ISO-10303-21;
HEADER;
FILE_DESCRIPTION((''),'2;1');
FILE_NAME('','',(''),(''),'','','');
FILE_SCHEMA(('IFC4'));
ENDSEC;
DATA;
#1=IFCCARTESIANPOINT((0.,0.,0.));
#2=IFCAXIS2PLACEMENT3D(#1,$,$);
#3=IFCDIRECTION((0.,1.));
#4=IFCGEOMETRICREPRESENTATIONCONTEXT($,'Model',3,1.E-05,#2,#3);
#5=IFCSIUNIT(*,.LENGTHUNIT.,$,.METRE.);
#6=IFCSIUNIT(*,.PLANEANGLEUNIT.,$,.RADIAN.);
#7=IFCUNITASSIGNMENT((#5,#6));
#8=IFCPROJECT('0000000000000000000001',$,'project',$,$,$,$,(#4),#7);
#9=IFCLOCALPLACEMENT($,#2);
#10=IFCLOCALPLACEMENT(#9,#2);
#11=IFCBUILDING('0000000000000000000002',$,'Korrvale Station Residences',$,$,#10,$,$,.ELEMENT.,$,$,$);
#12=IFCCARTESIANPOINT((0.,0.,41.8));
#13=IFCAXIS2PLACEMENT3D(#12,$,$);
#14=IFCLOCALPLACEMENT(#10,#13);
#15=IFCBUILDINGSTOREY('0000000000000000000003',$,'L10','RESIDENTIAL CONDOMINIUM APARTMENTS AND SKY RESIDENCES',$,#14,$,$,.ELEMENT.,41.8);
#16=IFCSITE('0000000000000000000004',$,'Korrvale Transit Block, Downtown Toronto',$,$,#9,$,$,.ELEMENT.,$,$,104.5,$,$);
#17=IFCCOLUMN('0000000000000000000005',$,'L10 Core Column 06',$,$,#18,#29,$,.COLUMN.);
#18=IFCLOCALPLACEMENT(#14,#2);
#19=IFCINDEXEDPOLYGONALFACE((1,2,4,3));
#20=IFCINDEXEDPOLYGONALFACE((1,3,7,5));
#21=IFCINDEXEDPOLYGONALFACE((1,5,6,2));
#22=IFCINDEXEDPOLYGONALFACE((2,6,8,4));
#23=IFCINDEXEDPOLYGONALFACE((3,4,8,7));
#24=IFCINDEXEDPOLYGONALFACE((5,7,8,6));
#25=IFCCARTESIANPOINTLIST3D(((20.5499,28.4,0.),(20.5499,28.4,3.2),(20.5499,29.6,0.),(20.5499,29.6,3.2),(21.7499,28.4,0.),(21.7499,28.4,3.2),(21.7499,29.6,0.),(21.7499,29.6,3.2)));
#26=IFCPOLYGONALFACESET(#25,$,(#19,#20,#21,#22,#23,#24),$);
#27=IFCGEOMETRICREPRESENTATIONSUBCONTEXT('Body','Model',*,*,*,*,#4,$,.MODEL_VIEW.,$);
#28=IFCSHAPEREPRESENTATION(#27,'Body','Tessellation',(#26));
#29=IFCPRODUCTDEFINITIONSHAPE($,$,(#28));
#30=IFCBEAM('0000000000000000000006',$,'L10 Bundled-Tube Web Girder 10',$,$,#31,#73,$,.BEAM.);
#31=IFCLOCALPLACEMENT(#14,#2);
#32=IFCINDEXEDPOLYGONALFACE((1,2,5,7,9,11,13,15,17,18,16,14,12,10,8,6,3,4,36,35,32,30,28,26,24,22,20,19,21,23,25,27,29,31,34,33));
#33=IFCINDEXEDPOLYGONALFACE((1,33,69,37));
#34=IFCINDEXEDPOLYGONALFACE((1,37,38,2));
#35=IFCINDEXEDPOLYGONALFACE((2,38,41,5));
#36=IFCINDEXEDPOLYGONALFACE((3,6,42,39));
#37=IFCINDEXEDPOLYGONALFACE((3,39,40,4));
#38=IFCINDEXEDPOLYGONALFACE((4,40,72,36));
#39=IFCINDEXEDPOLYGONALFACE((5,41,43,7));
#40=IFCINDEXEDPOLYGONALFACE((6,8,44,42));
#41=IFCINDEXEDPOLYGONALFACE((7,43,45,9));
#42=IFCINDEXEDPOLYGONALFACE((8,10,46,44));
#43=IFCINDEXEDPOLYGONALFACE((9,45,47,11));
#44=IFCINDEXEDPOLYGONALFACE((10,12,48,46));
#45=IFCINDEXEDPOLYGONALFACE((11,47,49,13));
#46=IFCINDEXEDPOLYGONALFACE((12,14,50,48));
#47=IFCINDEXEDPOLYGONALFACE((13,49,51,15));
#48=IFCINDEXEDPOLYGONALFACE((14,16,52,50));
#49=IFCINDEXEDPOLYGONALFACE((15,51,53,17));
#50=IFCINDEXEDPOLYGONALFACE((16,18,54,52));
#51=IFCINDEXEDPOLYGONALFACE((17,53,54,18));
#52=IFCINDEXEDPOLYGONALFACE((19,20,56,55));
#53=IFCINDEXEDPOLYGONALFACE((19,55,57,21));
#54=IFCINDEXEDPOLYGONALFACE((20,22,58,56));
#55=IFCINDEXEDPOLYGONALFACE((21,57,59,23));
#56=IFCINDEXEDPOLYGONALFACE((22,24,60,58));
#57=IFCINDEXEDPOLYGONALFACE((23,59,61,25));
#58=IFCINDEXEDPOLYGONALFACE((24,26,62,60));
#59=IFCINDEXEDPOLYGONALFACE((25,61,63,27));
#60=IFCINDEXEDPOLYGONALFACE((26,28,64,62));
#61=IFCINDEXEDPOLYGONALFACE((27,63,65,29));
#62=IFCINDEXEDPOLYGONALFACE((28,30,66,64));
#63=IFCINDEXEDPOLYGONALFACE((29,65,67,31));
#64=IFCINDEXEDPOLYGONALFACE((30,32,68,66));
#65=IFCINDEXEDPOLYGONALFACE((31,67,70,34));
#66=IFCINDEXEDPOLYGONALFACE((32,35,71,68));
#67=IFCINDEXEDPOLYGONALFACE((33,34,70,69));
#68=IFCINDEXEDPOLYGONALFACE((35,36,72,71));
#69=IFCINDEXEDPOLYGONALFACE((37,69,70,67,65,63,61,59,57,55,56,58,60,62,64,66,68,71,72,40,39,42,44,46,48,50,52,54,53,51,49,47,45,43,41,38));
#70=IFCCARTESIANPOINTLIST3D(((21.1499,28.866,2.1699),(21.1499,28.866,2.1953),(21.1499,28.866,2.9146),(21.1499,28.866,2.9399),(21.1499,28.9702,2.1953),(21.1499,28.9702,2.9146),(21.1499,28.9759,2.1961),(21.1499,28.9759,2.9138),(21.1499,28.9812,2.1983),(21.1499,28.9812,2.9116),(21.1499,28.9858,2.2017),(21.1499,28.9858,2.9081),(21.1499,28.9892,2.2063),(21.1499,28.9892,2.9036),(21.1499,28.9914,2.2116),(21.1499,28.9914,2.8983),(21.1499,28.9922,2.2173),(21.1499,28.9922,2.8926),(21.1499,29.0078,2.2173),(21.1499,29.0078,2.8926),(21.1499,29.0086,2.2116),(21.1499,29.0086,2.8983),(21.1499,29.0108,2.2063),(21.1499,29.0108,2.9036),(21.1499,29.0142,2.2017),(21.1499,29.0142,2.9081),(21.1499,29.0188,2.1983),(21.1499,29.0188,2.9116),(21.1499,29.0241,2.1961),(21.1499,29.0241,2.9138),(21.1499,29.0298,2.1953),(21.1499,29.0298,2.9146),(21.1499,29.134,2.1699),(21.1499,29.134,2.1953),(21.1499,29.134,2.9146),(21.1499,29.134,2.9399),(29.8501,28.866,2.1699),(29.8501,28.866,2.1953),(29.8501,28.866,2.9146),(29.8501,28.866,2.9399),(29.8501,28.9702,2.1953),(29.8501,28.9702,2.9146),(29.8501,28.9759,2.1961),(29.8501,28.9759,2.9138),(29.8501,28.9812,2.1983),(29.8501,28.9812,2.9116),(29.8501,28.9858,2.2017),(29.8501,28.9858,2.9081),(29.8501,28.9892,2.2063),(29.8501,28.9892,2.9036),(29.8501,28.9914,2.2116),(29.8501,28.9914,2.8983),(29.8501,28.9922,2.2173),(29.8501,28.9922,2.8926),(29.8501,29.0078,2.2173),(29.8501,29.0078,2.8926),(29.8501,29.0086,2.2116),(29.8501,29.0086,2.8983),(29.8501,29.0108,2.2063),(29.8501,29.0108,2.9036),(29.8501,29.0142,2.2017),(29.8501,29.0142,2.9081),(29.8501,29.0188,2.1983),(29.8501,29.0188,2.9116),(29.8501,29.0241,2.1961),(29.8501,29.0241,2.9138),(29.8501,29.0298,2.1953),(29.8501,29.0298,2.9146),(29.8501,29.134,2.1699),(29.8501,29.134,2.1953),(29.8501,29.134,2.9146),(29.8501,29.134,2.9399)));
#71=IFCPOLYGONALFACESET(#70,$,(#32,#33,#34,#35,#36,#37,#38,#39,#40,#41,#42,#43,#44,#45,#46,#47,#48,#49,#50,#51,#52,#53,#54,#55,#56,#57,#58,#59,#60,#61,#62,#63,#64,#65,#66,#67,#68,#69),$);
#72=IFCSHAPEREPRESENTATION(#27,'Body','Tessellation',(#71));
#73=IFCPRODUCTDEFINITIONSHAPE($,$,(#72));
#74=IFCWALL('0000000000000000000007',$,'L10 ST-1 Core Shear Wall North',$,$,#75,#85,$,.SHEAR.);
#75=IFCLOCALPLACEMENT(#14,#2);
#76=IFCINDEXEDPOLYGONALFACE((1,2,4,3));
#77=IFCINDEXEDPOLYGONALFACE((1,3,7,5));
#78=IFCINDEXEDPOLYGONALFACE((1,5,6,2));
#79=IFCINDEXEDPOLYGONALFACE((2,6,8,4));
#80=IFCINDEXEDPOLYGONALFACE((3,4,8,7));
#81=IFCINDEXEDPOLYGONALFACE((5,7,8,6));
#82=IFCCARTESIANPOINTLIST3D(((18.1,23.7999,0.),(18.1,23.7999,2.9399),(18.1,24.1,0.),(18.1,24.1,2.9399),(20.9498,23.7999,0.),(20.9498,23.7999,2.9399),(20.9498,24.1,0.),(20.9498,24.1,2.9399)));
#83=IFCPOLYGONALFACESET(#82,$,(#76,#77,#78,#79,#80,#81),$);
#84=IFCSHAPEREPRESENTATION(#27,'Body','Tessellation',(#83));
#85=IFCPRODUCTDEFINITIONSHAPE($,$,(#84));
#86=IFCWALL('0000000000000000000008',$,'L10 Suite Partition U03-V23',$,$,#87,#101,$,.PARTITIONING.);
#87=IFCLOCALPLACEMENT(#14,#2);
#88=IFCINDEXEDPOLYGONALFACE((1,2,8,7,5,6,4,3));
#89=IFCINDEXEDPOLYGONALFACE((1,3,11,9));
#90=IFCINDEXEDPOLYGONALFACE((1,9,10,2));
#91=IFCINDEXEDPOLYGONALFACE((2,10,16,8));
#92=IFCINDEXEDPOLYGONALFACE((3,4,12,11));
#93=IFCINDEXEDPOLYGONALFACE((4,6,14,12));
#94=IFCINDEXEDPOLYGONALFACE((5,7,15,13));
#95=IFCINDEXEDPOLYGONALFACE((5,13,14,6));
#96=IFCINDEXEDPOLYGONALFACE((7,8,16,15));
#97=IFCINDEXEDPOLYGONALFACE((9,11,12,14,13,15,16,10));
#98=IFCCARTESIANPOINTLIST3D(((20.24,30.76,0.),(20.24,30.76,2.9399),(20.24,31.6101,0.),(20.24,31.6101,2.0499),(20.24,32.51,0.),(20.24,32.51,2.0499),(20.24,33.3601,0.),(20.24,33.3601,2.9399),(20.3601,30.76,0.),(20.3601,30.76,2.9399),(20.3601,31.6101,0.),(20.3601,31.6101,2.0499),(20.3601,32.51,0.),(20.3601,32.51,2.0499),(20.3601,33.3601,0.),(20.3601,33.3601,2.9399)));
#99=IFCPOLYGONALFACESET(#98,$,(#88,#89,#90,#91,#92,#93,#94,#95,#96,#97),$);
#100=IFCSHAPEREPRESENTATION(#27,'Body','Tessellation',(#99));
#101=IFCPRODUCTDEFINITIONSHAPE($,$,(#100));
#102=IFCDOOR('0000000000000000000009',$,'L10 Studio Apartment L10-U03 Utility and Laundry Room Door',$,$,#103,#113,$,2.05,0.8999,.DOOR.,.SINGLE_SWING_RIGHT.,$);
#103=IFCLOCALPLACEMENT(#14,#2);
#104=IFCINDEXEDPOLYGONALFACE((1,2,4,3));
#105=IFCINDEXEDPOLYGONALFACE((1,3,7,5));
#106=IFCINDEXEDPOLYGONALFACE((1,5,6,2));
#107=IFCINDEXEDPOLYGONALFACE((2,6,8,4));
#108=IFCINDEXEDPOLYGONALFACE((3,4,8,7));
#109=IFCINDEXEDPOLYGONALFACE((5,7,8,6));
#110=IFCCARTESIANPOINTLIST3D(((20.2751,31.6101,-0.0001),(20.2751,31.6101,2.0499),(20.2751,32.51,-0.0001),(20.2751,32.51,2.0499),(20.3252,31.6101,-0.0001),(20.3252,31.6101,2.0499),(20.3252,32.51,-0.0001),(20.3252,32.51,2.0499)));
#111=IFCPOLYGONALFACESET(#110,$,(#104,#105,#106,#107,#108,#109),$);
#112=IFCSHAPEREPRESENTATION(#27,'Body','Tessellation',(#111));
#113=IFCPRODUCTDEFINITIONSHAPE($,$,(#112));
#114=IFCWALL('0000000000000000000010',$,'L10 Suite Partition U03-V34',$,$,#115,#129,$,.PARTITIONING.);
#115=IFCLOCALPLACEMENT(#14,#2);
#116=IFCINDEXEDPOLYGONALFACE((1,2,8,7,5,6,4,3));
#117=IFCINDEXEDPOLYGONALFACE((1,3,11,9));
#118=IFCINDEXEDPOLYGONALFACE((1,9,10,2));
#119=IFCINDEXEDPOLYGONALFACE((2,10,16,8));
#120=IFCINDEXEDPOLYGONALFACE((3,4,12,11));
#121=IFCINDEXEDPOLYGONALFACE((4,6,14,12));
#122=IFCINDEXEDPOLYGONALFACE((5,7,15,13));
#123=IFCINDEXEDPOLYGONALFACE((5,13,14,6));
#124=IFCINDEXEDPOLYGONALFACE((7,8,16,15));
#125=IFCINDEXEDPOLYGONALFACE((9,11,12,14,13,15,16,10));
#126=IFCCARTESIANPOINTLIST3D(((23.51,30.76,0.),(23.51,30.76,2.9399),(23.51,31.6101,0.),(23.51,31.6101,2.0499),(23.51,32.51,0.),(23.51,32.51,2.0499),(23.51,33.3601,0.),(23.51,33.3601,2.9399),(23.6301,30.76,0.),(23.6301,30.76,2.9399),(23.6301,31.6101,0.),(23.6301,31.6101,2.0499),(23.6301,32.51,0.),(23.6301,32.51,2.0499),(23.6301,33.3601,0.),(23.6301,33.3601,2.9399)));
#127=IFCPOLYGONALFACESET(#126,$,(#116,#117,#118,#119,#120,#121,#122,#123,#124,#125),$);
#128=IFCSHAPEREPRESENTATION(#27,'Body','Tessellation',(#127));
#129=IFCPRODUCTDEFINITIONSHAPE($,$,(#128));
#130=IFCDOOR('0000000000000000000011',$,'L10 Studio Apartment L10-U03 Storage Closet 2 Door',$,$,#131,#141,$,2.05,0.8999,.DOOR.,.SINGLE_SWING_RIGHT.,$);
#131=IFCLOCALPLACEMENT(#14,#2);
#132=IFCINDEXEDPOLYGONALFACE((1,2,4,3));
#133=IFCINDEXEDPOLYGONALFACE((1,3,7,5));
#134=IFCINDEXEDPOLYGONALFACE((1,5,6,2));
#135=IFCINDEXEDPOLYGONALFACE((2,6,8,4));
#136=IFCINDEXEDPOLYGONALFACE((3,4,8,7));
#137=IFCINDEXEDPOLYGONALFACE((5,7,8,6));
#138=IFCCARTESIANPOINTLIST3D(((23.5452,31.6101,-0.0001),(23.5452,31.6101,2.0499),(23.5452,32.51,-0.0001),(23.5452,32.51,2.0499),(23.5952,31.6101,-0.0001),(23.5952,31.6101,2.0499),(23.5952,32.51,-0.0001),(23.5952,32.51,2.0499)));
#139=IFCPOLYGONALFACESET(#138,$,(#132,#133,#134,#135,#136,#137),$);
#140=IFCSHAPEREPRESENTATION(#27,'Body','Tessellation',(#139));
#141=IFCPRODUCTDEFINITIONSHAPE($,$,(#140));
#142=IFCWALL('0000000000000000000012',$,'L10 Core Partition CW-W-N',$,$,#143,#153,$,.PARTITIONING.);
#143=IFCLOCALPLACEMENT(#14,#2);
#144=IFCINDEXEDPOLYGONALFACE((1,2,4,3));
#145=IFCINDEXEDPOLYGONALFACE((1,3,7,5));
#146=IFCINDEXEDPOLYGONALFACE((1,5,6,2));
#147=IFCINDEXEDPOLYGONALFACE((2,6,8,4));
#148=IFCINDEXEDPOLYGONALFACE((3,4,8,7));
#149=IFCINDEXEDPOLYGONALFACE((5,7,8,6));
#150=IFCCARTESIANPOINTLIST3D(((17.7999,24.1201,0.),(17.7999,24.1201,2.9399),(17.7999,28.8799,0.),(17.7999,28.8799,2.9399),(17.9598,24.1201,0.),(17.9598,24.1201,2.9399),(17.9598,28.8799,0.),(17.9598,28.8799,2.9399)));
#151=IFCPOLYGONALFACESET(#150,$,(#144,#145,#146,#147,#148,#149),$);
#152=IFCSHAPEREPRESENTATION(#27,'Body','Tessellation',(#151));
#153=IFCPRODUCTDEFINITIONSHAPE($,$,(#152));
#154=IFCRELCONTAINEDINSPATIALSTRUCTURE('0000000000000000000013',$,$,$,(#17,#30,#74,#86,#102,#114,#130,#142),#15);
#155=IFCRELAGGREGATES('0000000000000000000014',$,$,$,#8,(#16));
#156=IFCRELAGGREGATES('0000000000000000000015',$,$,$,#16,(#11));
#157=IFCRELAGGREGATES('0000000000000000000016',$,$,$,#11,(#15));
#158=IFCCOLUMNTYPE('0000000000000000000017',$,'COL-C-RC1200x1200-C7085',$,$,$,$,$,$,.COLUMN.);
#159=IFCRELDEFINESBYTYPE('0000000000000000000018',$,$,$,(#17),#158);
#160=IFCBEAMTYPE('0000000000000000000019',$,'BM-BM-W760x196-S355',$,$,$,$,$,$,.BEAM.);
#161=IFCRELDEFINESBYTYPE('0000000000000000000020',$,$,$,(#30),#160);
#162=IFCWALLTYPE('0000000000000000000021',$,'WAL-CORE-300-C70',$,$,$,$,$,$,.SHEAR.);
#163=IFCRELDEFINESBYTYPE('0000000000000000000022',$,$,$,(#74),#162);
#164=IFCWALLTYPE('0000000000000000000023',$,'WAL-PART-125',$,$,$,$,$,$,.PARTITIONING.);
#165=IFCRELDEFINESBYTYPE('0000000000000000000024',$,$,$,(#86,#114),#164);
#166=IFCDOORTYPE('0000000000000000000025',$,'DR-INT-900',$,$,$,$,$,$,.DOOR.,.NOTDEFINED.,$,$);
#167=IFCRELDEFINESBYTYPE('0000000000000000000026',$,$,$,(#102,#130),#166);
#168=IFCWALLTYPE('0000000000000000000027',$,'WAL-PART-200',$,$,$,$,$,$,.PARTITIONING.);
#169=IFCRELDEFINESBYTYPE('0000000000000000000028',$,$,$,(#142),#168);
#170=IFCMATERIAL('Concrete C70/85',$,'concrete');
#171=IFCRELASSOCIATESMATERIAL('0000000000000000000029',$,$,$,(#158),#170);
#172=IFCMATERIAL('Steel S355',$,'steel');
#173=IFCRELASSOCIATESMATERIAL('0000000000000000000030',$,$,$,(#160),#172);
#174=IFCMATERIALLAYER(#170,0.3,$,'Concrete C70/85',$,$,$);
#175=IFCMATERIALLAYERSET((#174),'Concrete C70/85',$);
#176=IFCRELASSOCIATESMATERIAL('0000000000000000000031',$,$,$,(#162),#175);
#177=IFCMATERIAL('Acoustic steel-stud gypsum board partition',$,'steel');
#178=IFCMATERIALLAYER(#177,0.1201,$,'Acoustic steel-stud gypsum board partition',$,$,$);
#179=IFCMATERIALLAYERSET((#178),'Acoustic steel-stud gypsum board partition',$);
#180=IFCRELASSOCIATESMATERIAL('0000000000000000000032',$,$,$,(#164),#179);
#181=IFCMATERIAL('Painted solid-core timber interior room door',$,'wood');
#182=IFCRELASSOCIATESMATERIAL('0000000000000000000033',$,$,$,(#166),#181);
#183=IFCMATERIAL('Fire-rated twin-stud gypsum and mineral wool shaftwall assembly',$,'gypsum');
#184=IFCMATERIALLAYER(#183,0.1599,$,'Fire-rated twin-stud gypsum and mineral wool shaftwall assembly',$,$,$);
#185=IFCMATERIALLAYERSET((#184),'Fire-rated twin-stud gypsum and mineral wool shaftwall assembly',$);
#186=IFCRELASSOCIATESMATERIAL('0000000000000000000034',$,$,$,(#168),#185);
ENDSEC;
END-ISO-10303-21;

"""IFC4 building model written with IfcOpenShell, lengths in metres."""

from ifc_helpers import new_model, si_unit, direction, frame, frame_2d, origin, origin_2d, place, context, subcontext, project, spatial, rectangle, i_section, extrude, material, layer, layer_set, material_profile, profile_set, type_object, element, fill, save


model = new_model("IFC4")

# Units and contexts
model_context = context("Model", 3, precision=1e-05, world=origin(), true_north=direction((0.0, 1.0)))
body_context = subcontext(model_context, "Body", "Model", "MODEL_VIEW")
ifc_project = project(units=[si_unit("LENGTHUNIT", "METRE"), si_unit("PLANEANGLEUNIT", "RADIAN")], contexts=[model_context])

# Site, building, storey
site_placement = place(None, origin())
site = spatial("IfcSite", under=ifc_project, at=site_placement, Name="Korrvale Transit Block, Downtown Toronto", CompositionType="ELEMENT", RefElevation=104.5)
building_placement = place(site_placement, origin())
building = spatial("IfcBuilding", under=site, at=building_placement, Name="Korrvale Station Residences", CompositionType="ELEMENT")
storey_placement = place(building_placement, frame((0.0, 0.0, 41.8)))
storey = spatial("IfcBuildingStorey", under=building, at=storey_placement, Name="L10", Description="RESIDENTIAL CONDOMINIUM APARTMENTS AND SKY RESIDENCES", CompositionType="ELEMENT", Elevation=41.8)

# Column
ifc_material_1 = material(Name="Concrete C70/85", Category="concrete")
ifc_material_profile_1 = material_profile(ifc_material_1, rectangle(XDim=1.2, YDim=1.2, at=origin_2d()), Name="RC1200x1200")
ifc_profile_set_1 = profile_set([ifc_material_profile_1], Name="Concrete C70/85")
column_type = type_object("IfcColumnType", Name="COL-C-RC1200x1200-C7085", PredefinedType="COLUMN", material=ifc_profile_set_1)
column_placement = place(storey_placement, frame((21.1499, 29.0, 0.0), z_axis=(0.0, 0.0, 1.0), x_axis=(1.0, 0.0, 0.0)))
element("IfcColumn", 1, at=column_placement, inside=storey, type_object=column_type, Name="L10 Core Column 06", PredefinedType="COLUMN", context=body_context, shape_type="SweptSolid", body=[
    extrude(rectangle(XDim=1.2, YDim=1.2, at=origin_2d()), origin(), (0.0, 0.0, 1.0), 3.2),
])

# Beam
ifc_material_2 = material(Name="Steel S355", Category="steel")
ifc_material_profile_2 = material_profile(ifc_material_2, i_section(OverallWidth=0.2681, OverallDepth=0.77, WebThickness=0.0156, FlangeThickness=0.0254, FilletRadius=0.022, at=origin_2d()), Name="W760x196")
ifc_profile_set_2 = profile_set([ifc_material_profile_2], Name="Steel S355")
beam_type = type_object("IfcBeamType", Name="BM-BM-W760x196-S355", PredefinedType="BEAM", material=ifc_profile_set_2)
beam_placement = place(storey_placement, frame((21.1499, 29.0, 2.5549), z_axis=(1.0, 0.0, 0.0), x_axis=(0.0, 1.0, 0.0)))
element("IfcBeam", 2, at=beam_placement, inside=storey, type_object=beam_type, Name="L10 Bundled-Tube Web Girder 10", PredefinedType="BEAM", context=body_context, shape_type="SweptSolid", body=[
    extrude(i_section(OverallWidth=0.2681, OverallDepth=0.77, WebThickness=0.0156, FlangeThickness=0.0254, FilletRadius=0.022, at=origin_2d()), origin(), (0.0, 0.0, 1.0), 8.7002),
])

# Wall
ifc_layer_1 = layer(ifc_material_1, 0.3, Name="Concrete C70/85")
ifc_layer_set_1 = layer_set([ifc_layer_1], Name="Concrete C70/85")
wall_type_1 = type_object("IfcWallType", Name="WAL-CORE-300-C70", PredefinedType="SHEAR", material=ifc_layer_set_1)
wall_1_placement = place(storey_placement, frame((18.1001, 23.95, 0.0), z_axis=(0.0, 0.0, 1.0), x_axis=(1.0, 0.0, 0.0)))
element("IfcWall", 3, at=wall_1_placement, inside=storey, type_object=wall_type_1, Name="L10 ST-1 Core Shear Wall North", PredefinedType="SHEAR", context=body_context, shape_type="SweptSolid", body=[
    extrude(rectangle(XDim=2.8499, YDim=0.3, at=frame_2d((1.4248, 0.0))), origin(), (0.0, 0.0, 1.0), 2.9399),
])

# Walls, openings, doors
ifc_material_3 = material(Name="Acoustic steel-stud gypsum board partition", Category="steel")
ifc_layer_2 = layer(ifc_material_3, 0.1201, Name="Acoustic steel-stud gypsum board partition")
ifc_layer_set_2 = layer_set([ifc_layer_2], Name="Acoustic steel-stud gypsum board partition")
wall_type_2 = type_object("IfcWallType", Name="WAL-PART-125", PredefinedType="PARTITIONING", material=ifc_layer_set_2)
wall_2_placement = place(storey_placement, frame((20.3, 30.76, 0.0), z_axis=(0.0, 0.0, 1.0), x_axis=(0.0, 1.0, 0.0)))
wall_2 = element("IfcWall", 4, at=wall_2_placement, inside=storey, type_object=wall_type_2, Name="L10 Suite Partition U03-V23", PredefinedType="PARTITIONING", context=body_context, shape_type="SweptSolid", body=[
    extrude(rectangle(XDim=2.6001, YDim=0.1201, at=frame_2d((1.3, 0.0))), origin(), (0.0, 0.0, 1.0), 2.9399),
])
opening_1_placement = place(wall_2_placement, frame((0.8501, 0.0, 0.0)))
opening_1 = element("IfcOpeningElement", 5, at=opening_1_placement, cuts=wall_2, PredefinedType="OPENING", context=body_context, shape_type="SweptSolid", body=[
    extrude(rectangle(XDim=0.8999, YDim=2.05, at=frame_2d((0.45, 1.0249))), frame((0.0, 0.0701, 0.0), z_axis=(0.0, -1.0, 0.0), x_axis=(1.0, 0.0, 0.0)), (0.0, 0.0, 1.0), 0.1401),
])
ifc_material_4 = material(Name="Painted solid-core timber interior room door", Category="wood")
door_type_1 = type_object("IfcDoorType", Name="DR-INT-900", OperationType="NOTDEFINED", PredefinedType="DOOR", material=ifc_material_4)
door_1_placement = place(opening_1_placement, origin())
door_1 = element("IfcDoor", 6, at=door_1_placement, inside=storey, type_object=door_type_1, Name="L10 Studio Apartment L10-U03 Utility and Laundry Room Door", OperationType="SINGLE_SWING_RIGHT", OverallHeight=2.05, OverallWidth=0.8999, PredefinedType="DOOR", context=body_context, shape_type="SweptSolid", body=[
    extrude(rectangle(XDim=0.8999, YDim=2.05, at=frame_2d((0.45, 1.0249))), frame((0.0, 0.0249, 0.0), z_axis=(0.0, -1.0, 0.0), x_axis=(1.0, 0.0, 0.0)), (0.0, 0.0, 1.0), 0.05),
])
fill(opening_1, door_1)
wall_3_placement = place(storey_placement, frame((23.5701, 30.76, 0.0), z_axis=(0.0, 0.0, 1.0), x_axis=(0.0, 1.0, 0.0)))
wall_3 = element("IfcWall", 7, at=wall_3_placement, inside=storey, type_object=wall_type_2, Name="L10 Suite Partition U03-V34", PredefinedType="PARTITIONING", context=body_context, shape_type="SweptSolid", body=[
    extrude(rectangle(XDim=2.6001, YDim=0.1201, at=frame_2d((1.3, 0.0))), origin(), (0.0, 0.0, 1.0), 2.9399),
])
opening_2_placement = place(wall_3_placement, frame((0.8501, 0.0, 0.0)))
opening_2 = element("IfcOpeningElement", 8, at=opening_2_placement, cuts=wall_3, PredefinedType="OPENING", context=body_context, shape_type="SweptSolid", body=[
    extrude(rectangle(XDim=0.8999, YDim=2.05, at=frame_2d((0.45, 1.0249))), frame((0.0, 0.0701, 0.0), z_axis=(0.0, -1.0, 0.0), x_axis=(1.0, 0.0, 0.0)), (0.0, 0.0, 1.0), 0.1401),
])
door_2_placement = place(opening_2_placement, origin())
door_2 = element("IfcDoor", 9, at=door_2_placement, inside=storey, type_object=door_type_1, Name="L10 Studio Apartment L10-U03 Storage Closet 2 Door", OperationType="SINGLE_SWING_RIGHT", OverallHeight=2.05, OverallWidth=0.8999, PredefinedType="DOOR", context=body_context, shape_type="SweptSolid", body=[
    extrude(rectangle(XDim=0.8999, YDim=2.05, at=frame_2d((0.45, 1.0249))), frame((0.0, 0.0249, 0.0), z_axis=(0.0, -1.0, 0.0), x_axis=(1.0, 0.0, 0.0)), (0.0, 0.0, 1.0), 0.05),
])
fill(opening_2, door_2)

# Wall
ifc_material_5 = material(Name="Fire-rated twin-stud gypsum and mineral wool shaftwall assembly", Category="gypsum")
ifc_layer_3 = layer(ifc_material_5, 0.1599, Name="Fire-rated twin-stud gypsum and mineral wool shaftwall assembly")
ifc_layer_set_3 = layer_set([ifc_layer_3], Name="Fire-rated twin-stud gypsum and mineral wool shaftwall assembly")
wall_type_3 = type_object("IfcWallType", Name="WAL-PART-200", PredefinedType="PARTITIONING", material=ifc_layer_set_3)
wall_4_placement = place(storey_placement, frame((17.8799, 24.1201, 0.0), z_axis=(0.0, 0.0, 1.0), x_axis=(0.0, 1.0, 0.0)))
element("IfcWall", 10, at=wall_4_placement, inside=storey, type_object=wall_type_3, Name="L10 Core Partition CW-W-N", PredefinedType="PARTITIONING", context=body_context, shape_type="SweptSolid", body=[
    extrude(rectangle(XDim=4.7598, YDim=0.1599, at=frame_2d((2.3799, 0.0))), origin(), (0.0, 0.0, 1.0), 2.9399),
])

save(model, "model.ifc")
